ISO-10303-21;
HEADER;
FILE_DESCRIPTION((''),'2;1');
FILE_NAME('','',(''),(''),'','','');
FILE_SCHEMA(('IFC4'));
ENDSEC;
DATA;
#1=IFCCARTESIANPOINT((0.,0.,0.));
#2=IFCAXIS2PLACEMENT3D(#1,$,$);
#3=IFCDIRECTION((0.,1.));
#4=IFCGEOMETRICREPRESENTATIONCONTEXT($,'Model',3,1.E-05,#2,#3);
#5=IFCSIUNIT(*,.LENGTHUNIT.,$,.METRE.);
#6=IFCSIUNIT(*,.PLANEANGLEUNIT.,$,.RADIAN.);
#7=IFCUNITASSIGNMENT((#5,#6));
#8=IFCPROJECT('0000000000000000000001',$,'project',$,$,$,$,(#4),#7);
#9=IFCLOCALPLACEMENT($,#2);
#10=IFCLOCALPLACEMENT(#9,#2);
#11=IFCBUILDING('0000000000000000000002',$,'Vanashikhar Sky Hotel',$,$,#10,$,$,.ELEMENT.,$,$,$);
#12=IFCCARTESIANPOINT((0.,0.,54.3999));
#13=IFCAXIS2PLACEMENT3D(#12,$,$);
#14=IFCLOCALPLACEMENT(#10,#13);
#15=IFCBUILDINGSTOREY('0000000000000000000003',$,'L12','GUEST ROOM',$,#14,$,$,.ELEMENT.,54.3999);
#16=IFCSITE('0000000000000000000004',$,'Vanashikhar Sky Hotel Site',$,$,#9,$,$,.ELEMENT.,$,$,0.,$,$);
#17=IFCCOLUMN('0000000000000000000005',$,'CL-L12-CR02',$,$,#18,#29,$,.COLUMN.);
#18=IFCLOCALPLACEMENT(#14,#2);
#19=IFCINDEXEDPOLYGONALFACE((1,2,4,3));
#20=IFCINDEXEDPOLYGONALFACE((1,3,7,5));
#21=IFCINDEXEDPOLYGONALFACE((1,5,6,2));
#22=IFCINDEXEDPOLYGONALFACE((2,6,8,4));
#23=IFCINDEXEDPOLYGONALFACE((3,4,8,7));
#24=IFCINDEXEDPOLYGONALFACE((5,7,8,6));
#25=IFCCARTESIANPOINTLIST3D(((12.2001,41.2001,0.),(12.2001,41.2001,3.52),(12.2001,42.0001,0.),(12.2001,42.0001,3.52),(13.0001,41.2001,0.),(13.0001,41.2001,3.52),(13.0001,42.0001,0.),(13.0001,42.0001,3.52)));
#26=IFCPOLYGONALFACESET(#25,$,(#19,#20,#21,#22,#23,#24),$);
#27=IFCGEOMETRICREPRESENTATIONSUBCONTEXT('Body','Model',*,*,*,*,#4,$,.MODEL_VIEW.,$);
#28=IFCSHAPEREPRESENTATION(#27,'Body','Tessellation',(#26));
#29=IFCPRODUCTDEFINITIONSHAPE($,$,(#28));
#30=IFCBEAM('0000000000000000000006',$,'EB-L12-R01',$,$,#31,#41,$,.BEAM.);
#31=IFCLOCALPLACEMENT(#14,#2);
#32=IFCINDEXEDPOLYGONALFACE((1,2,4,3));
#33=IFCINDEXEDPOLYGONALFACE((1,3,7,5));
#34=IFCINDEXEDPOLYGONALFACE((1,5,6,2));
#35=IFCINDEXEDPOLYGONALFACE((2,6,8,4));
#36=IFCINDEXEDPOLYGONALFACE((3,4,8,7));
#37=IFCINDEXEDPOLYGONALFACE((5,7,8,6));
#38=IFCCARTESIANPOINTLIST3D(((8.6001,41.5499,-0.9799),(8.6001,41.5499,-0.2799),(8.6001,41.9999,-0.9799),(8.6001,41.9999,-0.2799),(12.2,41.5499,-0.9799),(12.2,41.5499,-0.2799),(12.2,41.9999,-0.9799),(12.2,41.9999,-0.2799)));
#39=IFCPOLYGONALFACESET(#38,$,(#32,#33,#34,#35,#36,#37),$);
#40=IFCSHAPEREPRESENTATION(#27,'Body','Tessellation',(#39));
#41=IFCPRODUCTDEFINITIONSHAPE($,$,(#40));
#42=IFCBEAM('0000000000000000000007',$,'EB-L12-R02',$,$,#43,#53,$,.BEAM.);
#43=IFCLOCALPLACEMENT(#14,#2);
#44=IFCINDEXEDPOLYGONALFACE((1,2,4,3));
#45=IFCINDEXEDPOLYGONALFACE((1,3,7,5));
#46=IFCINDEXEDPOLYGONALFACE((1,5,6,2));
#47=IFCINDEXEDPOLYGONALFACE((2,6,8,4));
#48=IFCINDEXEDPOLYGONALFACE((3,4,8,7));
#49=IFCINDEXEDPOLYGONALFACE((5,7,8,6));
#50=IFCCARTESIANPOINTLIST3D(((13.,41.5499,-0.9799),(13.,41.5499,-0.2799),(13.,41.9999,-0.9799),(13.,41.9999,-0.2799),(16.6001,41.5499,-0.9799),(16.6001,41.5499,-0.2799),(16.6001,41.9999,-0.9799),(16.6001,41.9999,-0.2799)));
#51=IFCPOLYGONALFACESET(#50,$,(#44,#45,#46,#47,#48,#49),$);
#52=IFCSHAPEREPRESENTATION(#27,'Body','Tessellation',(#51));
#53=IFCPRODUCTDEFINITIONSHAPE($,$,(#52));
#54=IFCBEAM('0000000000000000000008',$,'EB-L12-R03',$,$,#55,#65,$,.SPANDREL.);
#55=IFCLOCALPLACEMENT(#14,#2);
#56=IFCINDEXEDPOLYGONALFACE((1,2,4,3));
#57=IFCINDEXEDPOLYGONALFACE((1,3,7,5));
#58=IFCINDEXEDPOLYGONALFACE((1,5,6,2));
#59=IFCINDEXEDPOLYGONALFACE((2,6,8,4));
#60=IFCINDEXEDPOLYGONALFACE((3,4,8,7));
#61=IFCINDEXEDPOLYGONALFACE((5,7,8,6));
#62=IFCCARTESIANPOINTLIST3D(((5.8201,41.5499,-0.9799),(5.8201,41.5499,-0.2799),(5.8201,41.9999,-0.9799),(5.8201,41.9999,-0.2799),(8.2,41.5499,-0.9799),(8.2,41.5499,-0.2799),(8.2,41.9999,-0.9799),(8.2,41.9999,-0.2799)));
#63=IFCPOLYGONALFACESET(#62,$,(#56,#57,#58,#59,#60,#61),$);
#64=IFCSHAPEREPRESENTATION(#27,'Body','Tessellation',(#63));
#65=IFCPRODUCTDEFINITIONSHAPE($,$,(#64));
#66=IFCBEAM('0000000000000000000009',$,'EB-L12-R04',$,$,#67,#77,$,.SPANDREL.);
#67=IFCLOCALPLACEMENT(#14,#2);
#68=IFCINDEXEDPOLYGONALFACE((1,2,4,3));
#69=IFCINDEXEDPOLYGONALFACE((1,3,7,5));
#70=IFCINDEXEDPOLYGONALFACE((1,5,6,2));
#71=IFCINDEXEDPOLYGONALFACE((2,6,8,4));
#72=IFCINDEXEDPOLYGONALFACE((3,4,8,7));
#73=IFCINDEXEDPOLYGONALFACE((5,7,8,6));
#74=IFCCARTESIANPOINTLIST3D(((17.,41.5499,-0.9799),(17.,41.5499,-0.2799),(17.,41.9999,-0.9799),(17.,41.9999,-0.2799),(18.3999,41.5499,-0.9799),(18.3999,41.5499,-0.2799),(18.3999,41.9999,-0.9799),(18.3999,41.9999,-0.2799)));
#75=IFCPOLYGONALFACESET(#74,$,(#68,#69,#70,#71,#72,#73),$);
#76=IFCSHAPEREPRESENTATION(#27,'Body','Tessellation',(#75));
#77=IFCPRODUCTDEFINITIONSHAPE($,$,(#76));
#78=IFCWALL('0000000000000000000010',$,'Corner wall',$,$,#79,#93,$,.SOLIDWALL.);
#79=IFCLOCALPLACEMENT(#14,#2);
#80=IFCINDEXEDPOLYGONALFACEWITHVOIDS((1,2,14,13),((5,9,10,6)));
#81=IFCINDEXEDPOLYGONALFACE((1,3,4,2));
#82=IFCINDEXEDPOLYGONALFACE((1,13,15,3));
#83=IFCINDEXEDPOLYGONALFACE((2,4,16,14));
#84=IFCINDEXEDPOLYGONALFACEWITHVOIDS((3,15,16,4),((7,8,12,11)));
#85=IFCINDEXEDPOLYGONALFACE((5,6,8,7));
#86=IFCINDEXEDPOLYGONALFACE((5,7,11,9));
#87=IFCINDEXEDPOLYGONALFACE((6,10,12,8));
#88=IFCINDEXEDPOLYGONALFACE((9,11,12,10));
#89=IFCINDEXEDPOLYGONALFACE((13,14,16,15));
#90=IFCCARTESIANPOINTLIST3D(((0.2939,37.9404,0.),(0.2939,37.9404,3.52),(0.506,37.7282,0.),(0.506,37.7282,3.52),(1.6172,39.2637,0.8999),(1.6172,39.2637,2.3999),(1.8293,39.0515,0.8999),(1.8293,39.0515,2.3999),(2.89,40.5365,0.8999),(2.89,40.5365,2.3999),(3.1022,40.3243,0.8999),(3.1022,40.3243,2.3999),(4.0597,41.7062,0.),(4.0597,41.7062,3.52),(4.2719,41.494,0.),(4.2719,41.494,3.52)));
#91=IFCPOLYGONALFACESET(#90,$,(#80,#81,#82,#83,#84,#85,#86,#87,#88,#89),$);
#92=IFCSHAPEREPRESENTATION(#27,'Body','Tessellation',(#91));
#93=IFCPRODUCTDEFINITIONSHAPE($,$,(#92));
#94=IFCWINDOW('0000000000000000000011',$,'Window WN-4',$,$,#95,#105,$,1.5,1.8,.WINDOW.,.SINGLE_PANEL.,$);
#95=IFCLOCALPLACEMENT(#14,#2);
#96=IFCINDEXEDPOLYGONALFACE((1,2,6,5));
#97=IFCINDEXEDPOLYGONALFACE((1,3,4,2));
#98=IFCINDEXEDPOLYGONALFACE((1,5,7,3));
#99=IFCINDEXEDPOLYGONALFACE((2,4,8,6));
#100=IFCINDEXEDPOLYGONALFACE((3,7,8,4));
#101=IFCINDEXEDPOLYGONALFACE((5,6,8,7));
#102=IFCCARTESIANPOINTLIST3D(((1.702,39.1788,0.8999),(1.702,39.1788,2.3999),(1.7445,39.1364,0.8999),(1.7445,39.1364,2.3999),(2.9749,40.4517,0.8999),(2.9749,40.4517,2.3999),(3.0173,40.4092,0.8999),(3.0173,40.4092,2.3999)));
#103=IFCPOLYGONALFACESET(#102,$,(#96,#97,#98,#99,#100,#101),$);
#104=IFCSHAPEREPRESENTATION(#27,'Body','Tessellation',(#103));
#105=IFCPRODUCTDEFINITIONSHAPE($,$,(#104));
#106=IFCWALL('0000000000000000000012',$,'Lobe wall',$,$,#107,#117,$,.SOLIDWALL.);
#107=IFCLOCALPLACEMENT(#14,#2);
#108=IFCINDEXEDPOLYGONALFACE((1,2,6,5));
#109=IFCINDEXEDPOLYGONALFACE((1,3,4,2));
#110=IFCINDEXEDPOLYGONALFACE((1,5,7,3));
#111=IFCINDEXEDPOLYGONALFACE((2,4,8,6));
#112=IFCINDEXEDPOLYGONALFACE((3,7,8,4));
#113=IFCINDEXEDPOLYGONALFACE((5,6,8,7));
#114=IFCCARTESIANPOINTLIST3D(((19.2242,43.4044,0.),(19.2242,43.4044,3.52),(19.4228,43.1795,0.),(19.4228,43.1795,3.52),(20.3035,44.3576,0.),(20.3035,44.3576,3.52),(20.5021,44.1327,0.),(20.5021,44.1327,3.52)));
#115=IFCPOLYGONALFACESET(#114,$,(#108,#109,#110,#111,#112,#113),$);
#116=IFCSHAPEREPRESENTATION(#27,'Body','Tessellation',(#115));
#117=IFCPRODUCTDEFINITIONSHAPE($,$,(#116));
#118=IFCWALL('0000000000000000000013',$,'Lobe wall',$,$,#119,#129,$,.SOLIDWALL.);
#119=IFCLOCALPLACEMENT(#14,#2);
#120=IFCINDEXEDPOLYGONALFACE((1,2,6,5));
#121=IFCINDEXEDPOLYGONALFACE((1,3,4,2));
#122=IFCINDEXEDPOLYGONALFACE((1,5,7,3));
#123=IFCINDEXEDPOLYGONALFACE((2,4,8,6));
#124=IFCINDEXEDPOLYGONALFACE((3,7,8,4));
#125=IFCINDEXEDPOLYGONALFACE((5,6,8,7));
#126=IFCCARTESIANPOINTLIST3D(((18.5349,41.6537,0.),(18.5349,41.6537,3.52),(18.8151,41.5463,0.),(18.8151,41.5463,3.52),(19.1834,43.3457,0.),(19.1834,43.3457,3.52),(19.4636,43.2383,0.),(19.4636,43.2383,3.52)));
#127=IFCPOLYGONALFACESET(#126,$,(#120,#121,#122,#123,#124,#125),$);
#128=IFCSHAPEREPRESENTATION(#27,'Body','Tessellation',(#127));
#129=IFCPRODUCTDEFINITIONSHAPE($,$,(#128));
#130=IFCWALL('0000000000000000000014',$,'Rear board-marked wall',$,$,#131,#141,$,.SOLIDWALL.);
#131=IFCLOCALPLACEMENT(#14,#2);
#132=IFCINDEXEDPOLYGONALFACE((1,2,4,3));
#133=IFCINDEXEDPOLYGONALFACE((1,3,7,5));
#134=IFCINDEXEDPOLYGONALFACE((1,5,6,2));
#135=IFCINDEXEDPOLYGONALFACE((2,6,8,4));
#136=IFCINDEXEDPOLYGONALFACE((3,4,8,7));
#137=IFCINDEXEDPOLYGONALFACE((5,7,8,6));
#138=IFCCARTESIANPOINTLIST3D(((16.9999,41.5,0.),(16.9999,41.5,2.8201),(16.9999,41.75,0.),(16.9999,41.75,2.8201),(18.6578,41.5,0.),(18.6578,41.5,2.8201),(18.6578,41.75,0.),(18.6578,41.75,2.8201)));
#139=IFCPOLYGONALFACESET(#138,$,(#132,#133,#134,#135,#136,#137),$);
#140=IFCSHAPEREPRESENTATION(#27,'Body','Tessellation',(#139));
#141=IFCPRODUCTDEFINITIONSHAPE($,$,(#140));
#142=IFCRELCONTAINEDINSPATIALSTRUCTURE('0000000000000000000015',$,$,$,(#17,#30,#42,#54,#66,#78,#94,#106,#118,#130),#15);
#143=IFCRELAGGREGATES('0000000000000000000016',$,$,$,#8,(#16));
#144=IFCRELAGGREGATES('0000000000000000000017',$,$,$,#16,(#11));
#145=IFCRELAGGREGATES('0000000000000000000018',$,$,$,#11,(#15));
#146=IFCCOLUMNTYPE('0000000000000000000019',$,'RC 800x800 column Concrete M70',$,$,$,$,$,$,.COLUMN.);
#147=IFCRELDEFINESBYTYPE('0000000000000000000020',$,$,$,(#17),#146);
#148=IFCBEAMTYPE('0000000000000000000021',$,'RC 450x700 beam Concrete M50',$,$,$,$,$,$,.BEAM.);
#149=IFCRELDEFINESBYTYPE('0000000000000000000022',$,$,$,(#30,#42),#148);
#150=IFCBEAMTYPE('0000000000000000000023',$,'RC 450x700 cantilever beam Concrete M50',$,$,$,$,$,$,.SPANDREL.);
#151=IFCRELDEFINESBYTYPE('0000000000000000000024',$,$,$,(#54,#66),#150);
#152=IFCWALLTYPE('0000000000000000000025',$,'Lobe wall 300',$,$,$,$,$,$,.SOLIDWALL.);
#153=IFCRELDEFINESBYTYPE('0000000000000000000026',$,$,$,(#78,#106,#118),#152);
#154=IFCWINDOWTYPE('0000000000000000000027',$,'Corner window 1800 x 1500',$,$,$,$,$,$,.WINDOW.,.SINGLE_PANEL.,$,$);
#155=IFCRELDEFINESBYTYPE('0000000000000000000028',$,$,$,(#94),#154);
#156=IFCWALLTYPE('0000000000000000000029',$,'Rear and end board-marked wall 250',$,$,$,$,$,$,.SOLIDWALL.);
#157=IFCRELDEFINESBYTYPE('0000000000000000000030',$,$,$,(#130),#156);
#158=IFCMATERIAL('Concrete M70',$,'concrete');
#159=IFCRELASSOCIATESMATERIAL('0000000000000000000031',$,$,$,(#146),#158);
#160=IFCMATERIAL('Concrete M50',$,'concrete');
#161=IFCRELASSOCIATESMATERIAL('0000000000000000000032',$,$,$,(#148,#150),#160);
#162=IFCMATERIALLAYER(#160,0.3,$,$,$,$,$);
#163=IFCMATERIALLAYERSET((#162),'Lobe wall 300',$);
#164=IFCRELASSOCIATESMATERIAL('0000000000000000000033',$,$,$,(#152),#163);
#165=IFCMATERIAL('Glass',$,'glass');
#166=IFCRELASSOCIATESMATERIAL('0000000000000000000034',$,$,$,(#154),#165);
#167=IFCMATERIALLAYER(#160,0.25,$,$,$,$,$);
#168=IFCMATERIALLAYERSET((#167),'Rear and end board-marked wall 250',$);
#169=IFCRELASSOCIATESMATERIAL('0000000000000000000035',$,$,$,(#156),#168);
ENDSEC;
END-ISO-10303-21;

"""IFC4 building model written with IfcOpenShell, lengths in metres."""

from ifc_helpers import new_model, si_unit, direction, frame, frame_2d, origin, origin_2d, place, context, subcontext, project, spatial, rectangle, extrude, source, transform, mapped, material, layer, layer_set, material_profile, profile_set, type_object, element, fill, save


model = new_model("IFC4")

# Units and contexts
model_context = context("Model", 3, precision=1e-05, world=origin(), true_north=direction((0.0, 1.0)))
body_context = subcontext(model_context, "Body", "Model", "MODEL_VIEW")
ifc_project = project(units=[si_unit("LENGTHUNIT", "METRE"), si_unit("PLANEANGLEUNIT", "RADIAN")], contexts=[model_context])

# Site, building, storey
site_placement = place(None, origin())
site = spatial("IfcSite", under=ifc_project, at=site_placement, Name="Vanashikhar Sky Hotel Site", CompositionType="ELEMENT", RefElevation=0.0)
building_placement = place(site_placement, origin())
building = spatial("IfcBuilding", under=site, at=building_placement, Name="Vanashikhar Sky Hotel", CompositionType="ELEMENT")
storey_placement = place(building_placement, frame((0.0, 0.0, 54.3999)))
storey = spatial("IfcBuildingStorey", under=building, at=storey_placement, Name="L12", Description="GUEST ROOM", CompositionType="ELEMENT", Elevation=54.3999)

# Column
ifc_material_1 = material(Name="Concrete M70", Category="concrete")
ifc_material_profile_1 = material_profile(ifc_material_1, rectangle(XDim=0.8, YDim=0.8, at=origin_2d()))
ifc_profile_set_1 = profile_set([ifc_material_profile_1], Name="RC 800x800 column Concrete M70")
column_type = type_object("IfcColumnType", Name="RC 800x800 column Concrete M70", PredefinedType="COLUMN", material=ifc_profile_set_1)
shared_shape_1 = source(origin(), body_context, "Body", "SweptSolid", [
    extrude(rectangle(XDim=0.8, YDim=0.8, at=origin_2d()), origin(), (0.0, 0.0, 1.0), 3.52),
])
column_placement = place(storey_placement, frame((12.6001, 41.6001, 0.0), z_axis=(0.0, 0.0, 1.0), x_axis=(1.0, 0.0, 0.0)))
element("IfcColumn", 1, at=column_placement, inside=storey, type_object=column_type, Name="CL-L12-CR02", PredefinedType="COLUMN", context=body_context, shape_type="MappedRepresentation", body=[
    mapped(shared_shape_1, transform((0.0, 0.0, 0.0), scale=1.0)),
])

# Beams
ifc_material_2 = material(Name="Concrete M50", Category="concrete")
ifc_material_profile_2 = material_profile(ifc_material_2, rectangle(XDim=0.45, YDim=0.7, at=origin_2d()))
ifc_profile_set_2 = profile_set([ifc_material_profile_2], Name="RC 450x700 beam Concrete M50")
beam_type_1 = type_object("IfcBeamType", Name="RC 450x700 beam Concrete M50", PredefinedType="BEAM", material=ifc_profile_set_2)
shared_shape_2 = source(origin(), body_context, "Body", "SweptSolid", [
    extrude(rectangle(XDim=0.45, YDim=0.7, at=origin_2d()), origin(), (0.0, 0.0, 1.0), 3.5999),
])
beam_1_placement = place(storey_placement, frame((8.6001, 41.7749, -0.6299), z_axis=(1.0, 0.0, 0.0), x_axis=(0.0, 1.0, 0.0)))
element("IfcBeam", 2, at=beam_1_placement, inside=storey, type_object=beam_type_1, Name="EB-L12-R01", PredefinedType="BEAM", context=body_context, shape_type="MappedRepresentation", body=[
    mapped(shared_shape_2, transform((0.0, 0.0, 0.0), scale=1.0)),
])
shared_shape_3 = source(origin(), body_context, "Body", "SweptSolid", [
    extrude(rectangle(XDim=0.45, YDim=0.7, at=origin_2d()), origin(), (0.0, 0.0, 1.0), 3.6001),
])
beam_2_placement = place(storey_placement, frame((13.0, 41.7749, -0.6299), z_axis=(1.0, 0.0, 0.0), x_axis=(0.0, 1.0, 0.0)))
element("IfcBeam", 3, at=beam_2_placement, inside=storey, type_object=beam_type_1, Name="EB-L12-R02", PredefinedType="BEAM", context=body_context, shape_type="MappedRepresentation", body=[
    mapped(shared_shape_3, transform((0.0, 0.0, 0.0), scale=1.0)),
])
ifc_material_profile_3 = material_profile(ifc_material_2, rectangle(XDim=0.45, YDim=0.7, at=origin_2d()))
ifc_profile_set_3 = profile_set([ifc_material_profile_3], Name="RC 450x700 cantilever beam Concrete M50")
beam_type_2 = type_object("IfcBeamType", Name="RC 450x700 cantilever beam Concrete M50", PredefinedType="SPANDREL", material=ifc_profile_set_3)
shared_shape_4 = source(origin(), body_context, "Body", "SweptSolid", [
    extrude(rectangle(XDim=0.45, YDim=0.7, at=origin_2d()), origin(), (0.0, 0.0, 1.0), 2.3799),
])
beam_3_placement = place(storey_placement, frame((5.8201, 41.7749, -0.6299), z_axis=(1.0, 0.0, 0.0), x_axis=(0.0, 1.0, 0.0)))
element("IfcBeam", 4, at=beam_3_placement, inside=storey, type_object=beam_type_2, Name="EB-L12-R03", PredefinedType="SPANDREL", context=body_context, shape_type="MappedRepresentation", body=[
    mapped(shared_shape_4, transform((0.0, 0.0, 0.0), scale=1.0)),
])
shared_shape_5 = source(origin(), body_context, "Body", "SweptSolid", [
    extrude(rectangle(XDim=0.45, YDim=0.7, at=origin_2d()), origin(), (0.0, 0.0, 1.0), 1.3999),
])
beam_4_placement = place(storey_placement, frame((17.0, 41.7749, -0.6299), z_axis=(1.0, 0.0, 0.0), x_axis=(0.0, 1.0, 0.0)))
element("IfcBeam", 5, at=beam_4_placement, inside=storey, type_object=beam_type_2, Name="EB-L12-R04", PredefinedType="SPANDREL", context=body_context, shape_type="MappedRepresentation", body=[
    mapped(shared_shape_5, transform((0.0, 0.0, 0.0), scale=1.0)),
])

# Wall, opening, window
ifc_layer_1 = layer(ifc_material_2, 0.3)
ifc_layer_set_1 = layer_set([ifc_layer_1], Name="Lobe wall 300")
wall_type_1 = type_object("IfcWallType", Name="Lobe wall 300", PredefinedType="SOLIDWALL", material=ifc_layer_set_1)
shared_shape_6 = source(origin(), body_context, "Body", "SweptSolid", [
    extrude(rectangle(XDim=5.3257, YDim=0.3, at=frame_2d((2.6628, 0.0))), origin(), (0.0, 0.0, 1.0), 3.52),
])
wall_1_placement = place(storey_placement, frame((4.1658, 41.6001, 0.0), z_axis=(0.0, 0.0, 1.0), x_axis=(-0.707107, -0.707107, 0.0)))
wall_1 = element("IfcWall", 6, at=wall_1_placement, inside=storey, type_object=wall_type_1, Name="Corner wall", PredefinedType="SOLIDWALL", context=body_context, shape_type="MappedRepresentation", body=[
    mapped(shared_shape_6, transform((0.0, 0.0, 0.0), scale=1.0)),
])
shared_shape_7 = source(origin(), body_context, "Body", "SweptSolid", [
    extrude(rectangle(XDim=1.8, YDim=1.5, at=frame_2d((0.8999, 0.75))), frame((0.0, 0.1602, 0.0), z_axis=(0.0, -1.0, 0.0), x_axis=(1.0, 0.0, 0.0)), (0.0, 0.0, 1.0), 0.3201),
])
opening_1_placement = place(wall_1_placement, frame((1.6543, 0.0, 0.8999)))
opening_1 = element("IfcOpeningElement", 7, at=opening_1_placement, cuts=wall_1, PredefinedType="OPENING", context=body_context, shape_type="MappedRepresentation", body=[
    mapped(shared_shape_7, transform((0.0, 0.0, 0.0), scale=1.0)),
])
ifc_material_3 = material(Name="Glass", Category="glass")
window_type_1 = type_object("IfcWindowType", Name="Corner window 1800 x 1500", PartitioningType="SINGLE_PANEL", PredefinedType="WINDOW", material=ifc_material_3)
shared_shape_8 = source(origin(), body_context, "Body", "SweptSolid", [
    extrude(rectangle(XDim=1.8, YDim=1.5, at=frame_2d((0.8999, 0.75))), frame((0.0, 0.03, 0.0), z_axis=(0.0, -1.0, 0.0), x_axis=(1.0, 0.0, 0.0)), (0.0, 0.0, 1.0), 0.0601),
])
window_1_placement = place(opening_1_placement, origin())
window_1 = element("IfcWindow", 8, at=window_1_placement, inside=storey, type_object=window_type_1, Name="Window WN-4", OverallHeight=1.5, OverallWidth=1.8, PartitioningType="SINGLE_PANEL", PredefinedType="WINDOW", context=body_context, shape_type="MappedRepresentation", body=[
    mapped(shared_shape_8, transform((0.0, 0.0, 0.0), scale=1.0)),
])
fill(opening_1, window_1)

# Walls
shared_shape_9 = source(origin(), body_context, "Body", "SweptSolid", [
    extrude(rectangle(XDim=1.4399, YDim=0.3, at=frame_2d((0.72, 0.0))), origin(), (0.0, 0.0, 1.0), 3.52),
])
wall_2_placement = place(storey_placement, frame((20.4028, 44.2451, 0.0), z_axis=(0.0, 0.0, 1.0), x_axis=(-0.749576, -0.661919, 0.0)))
element("IfcWall", 9, at=wall_2_placement, inside=storey, type_object=wall_type_1, Name="Lobe wall", PredefinedType="SOLIDWALL", context=body_context, shape_type="MappedRepresentation", body=[
    mapped(shared_shape_9, transform((0.0, 0.0, 0.0), scale=1.0)),
])
shared_shape_10 = source(origin(), body_context, "Body", "SweptSolid", [
    extrude(rectangle(XDim=1.812, YDim=0.3, at=frame_2d((0.906, 0.0))), origin(), (0.0, 0.0, 1.0), 3.52),
])
wall_3_placement = place(storey_placement, frame((19.3235, 43.292, 0.0), z_axis=(0.0, 0.0, 1.0), x_axis=(-0.357877, -0.933769, 0.0)))
element("IfcWall", 10, at=wall_3_placement, inside=storey, type_object=wall_type_1, Name="Lobe wall", PredefinedType="SOLIDWALL", context=body_context, shape_type="MappedRepresentation", body=[
    mapped(shared_shape_10, transform((0.0, 0.0, 0.0), scale=1.0)),
])
ifc_layer_2 = layer(ifc_material_2, 0.25)
ifc_layer_set_2 = layer_set([ifc_layer_2], Name="Rear and end board-marked wall 250")
wall_type_2 = type_object("IfcWallType", Name="Rear and end board-marked wall 250", PredefinedType="SOLIDWALL", material=ifc_layer_set_2)
shared_shape_11 = source(origin(), body_context, "Body", "SweptSolid", [
    extrude(rectangle(XDim=1.658, YDim=0.25, at=frame_2d((0.8291, 0.0))), origin(), (0.0, 0.0, 1.0), 2.8201),
])
wall_4_placement = place(storey_placement, frame((18.658, 41.625, 0.0), z_axis=(0.0, 0.0, 1.0), x_axis=(-1.0, 0.0, 0.0)))
element("IfcWall", 11, at=wall_4_placement, inside=storey, type_object=wall_type_2, Name="Rear board-marked wall", PredefinedType="SOLIDWALL", context=body_context, shape_type="MappedRepresentation", body=[
    mapped(shared_shape_11, transform((0.0, 0.0, 0.0), scale=1.0)),
])

save(model, "model.ifc")
